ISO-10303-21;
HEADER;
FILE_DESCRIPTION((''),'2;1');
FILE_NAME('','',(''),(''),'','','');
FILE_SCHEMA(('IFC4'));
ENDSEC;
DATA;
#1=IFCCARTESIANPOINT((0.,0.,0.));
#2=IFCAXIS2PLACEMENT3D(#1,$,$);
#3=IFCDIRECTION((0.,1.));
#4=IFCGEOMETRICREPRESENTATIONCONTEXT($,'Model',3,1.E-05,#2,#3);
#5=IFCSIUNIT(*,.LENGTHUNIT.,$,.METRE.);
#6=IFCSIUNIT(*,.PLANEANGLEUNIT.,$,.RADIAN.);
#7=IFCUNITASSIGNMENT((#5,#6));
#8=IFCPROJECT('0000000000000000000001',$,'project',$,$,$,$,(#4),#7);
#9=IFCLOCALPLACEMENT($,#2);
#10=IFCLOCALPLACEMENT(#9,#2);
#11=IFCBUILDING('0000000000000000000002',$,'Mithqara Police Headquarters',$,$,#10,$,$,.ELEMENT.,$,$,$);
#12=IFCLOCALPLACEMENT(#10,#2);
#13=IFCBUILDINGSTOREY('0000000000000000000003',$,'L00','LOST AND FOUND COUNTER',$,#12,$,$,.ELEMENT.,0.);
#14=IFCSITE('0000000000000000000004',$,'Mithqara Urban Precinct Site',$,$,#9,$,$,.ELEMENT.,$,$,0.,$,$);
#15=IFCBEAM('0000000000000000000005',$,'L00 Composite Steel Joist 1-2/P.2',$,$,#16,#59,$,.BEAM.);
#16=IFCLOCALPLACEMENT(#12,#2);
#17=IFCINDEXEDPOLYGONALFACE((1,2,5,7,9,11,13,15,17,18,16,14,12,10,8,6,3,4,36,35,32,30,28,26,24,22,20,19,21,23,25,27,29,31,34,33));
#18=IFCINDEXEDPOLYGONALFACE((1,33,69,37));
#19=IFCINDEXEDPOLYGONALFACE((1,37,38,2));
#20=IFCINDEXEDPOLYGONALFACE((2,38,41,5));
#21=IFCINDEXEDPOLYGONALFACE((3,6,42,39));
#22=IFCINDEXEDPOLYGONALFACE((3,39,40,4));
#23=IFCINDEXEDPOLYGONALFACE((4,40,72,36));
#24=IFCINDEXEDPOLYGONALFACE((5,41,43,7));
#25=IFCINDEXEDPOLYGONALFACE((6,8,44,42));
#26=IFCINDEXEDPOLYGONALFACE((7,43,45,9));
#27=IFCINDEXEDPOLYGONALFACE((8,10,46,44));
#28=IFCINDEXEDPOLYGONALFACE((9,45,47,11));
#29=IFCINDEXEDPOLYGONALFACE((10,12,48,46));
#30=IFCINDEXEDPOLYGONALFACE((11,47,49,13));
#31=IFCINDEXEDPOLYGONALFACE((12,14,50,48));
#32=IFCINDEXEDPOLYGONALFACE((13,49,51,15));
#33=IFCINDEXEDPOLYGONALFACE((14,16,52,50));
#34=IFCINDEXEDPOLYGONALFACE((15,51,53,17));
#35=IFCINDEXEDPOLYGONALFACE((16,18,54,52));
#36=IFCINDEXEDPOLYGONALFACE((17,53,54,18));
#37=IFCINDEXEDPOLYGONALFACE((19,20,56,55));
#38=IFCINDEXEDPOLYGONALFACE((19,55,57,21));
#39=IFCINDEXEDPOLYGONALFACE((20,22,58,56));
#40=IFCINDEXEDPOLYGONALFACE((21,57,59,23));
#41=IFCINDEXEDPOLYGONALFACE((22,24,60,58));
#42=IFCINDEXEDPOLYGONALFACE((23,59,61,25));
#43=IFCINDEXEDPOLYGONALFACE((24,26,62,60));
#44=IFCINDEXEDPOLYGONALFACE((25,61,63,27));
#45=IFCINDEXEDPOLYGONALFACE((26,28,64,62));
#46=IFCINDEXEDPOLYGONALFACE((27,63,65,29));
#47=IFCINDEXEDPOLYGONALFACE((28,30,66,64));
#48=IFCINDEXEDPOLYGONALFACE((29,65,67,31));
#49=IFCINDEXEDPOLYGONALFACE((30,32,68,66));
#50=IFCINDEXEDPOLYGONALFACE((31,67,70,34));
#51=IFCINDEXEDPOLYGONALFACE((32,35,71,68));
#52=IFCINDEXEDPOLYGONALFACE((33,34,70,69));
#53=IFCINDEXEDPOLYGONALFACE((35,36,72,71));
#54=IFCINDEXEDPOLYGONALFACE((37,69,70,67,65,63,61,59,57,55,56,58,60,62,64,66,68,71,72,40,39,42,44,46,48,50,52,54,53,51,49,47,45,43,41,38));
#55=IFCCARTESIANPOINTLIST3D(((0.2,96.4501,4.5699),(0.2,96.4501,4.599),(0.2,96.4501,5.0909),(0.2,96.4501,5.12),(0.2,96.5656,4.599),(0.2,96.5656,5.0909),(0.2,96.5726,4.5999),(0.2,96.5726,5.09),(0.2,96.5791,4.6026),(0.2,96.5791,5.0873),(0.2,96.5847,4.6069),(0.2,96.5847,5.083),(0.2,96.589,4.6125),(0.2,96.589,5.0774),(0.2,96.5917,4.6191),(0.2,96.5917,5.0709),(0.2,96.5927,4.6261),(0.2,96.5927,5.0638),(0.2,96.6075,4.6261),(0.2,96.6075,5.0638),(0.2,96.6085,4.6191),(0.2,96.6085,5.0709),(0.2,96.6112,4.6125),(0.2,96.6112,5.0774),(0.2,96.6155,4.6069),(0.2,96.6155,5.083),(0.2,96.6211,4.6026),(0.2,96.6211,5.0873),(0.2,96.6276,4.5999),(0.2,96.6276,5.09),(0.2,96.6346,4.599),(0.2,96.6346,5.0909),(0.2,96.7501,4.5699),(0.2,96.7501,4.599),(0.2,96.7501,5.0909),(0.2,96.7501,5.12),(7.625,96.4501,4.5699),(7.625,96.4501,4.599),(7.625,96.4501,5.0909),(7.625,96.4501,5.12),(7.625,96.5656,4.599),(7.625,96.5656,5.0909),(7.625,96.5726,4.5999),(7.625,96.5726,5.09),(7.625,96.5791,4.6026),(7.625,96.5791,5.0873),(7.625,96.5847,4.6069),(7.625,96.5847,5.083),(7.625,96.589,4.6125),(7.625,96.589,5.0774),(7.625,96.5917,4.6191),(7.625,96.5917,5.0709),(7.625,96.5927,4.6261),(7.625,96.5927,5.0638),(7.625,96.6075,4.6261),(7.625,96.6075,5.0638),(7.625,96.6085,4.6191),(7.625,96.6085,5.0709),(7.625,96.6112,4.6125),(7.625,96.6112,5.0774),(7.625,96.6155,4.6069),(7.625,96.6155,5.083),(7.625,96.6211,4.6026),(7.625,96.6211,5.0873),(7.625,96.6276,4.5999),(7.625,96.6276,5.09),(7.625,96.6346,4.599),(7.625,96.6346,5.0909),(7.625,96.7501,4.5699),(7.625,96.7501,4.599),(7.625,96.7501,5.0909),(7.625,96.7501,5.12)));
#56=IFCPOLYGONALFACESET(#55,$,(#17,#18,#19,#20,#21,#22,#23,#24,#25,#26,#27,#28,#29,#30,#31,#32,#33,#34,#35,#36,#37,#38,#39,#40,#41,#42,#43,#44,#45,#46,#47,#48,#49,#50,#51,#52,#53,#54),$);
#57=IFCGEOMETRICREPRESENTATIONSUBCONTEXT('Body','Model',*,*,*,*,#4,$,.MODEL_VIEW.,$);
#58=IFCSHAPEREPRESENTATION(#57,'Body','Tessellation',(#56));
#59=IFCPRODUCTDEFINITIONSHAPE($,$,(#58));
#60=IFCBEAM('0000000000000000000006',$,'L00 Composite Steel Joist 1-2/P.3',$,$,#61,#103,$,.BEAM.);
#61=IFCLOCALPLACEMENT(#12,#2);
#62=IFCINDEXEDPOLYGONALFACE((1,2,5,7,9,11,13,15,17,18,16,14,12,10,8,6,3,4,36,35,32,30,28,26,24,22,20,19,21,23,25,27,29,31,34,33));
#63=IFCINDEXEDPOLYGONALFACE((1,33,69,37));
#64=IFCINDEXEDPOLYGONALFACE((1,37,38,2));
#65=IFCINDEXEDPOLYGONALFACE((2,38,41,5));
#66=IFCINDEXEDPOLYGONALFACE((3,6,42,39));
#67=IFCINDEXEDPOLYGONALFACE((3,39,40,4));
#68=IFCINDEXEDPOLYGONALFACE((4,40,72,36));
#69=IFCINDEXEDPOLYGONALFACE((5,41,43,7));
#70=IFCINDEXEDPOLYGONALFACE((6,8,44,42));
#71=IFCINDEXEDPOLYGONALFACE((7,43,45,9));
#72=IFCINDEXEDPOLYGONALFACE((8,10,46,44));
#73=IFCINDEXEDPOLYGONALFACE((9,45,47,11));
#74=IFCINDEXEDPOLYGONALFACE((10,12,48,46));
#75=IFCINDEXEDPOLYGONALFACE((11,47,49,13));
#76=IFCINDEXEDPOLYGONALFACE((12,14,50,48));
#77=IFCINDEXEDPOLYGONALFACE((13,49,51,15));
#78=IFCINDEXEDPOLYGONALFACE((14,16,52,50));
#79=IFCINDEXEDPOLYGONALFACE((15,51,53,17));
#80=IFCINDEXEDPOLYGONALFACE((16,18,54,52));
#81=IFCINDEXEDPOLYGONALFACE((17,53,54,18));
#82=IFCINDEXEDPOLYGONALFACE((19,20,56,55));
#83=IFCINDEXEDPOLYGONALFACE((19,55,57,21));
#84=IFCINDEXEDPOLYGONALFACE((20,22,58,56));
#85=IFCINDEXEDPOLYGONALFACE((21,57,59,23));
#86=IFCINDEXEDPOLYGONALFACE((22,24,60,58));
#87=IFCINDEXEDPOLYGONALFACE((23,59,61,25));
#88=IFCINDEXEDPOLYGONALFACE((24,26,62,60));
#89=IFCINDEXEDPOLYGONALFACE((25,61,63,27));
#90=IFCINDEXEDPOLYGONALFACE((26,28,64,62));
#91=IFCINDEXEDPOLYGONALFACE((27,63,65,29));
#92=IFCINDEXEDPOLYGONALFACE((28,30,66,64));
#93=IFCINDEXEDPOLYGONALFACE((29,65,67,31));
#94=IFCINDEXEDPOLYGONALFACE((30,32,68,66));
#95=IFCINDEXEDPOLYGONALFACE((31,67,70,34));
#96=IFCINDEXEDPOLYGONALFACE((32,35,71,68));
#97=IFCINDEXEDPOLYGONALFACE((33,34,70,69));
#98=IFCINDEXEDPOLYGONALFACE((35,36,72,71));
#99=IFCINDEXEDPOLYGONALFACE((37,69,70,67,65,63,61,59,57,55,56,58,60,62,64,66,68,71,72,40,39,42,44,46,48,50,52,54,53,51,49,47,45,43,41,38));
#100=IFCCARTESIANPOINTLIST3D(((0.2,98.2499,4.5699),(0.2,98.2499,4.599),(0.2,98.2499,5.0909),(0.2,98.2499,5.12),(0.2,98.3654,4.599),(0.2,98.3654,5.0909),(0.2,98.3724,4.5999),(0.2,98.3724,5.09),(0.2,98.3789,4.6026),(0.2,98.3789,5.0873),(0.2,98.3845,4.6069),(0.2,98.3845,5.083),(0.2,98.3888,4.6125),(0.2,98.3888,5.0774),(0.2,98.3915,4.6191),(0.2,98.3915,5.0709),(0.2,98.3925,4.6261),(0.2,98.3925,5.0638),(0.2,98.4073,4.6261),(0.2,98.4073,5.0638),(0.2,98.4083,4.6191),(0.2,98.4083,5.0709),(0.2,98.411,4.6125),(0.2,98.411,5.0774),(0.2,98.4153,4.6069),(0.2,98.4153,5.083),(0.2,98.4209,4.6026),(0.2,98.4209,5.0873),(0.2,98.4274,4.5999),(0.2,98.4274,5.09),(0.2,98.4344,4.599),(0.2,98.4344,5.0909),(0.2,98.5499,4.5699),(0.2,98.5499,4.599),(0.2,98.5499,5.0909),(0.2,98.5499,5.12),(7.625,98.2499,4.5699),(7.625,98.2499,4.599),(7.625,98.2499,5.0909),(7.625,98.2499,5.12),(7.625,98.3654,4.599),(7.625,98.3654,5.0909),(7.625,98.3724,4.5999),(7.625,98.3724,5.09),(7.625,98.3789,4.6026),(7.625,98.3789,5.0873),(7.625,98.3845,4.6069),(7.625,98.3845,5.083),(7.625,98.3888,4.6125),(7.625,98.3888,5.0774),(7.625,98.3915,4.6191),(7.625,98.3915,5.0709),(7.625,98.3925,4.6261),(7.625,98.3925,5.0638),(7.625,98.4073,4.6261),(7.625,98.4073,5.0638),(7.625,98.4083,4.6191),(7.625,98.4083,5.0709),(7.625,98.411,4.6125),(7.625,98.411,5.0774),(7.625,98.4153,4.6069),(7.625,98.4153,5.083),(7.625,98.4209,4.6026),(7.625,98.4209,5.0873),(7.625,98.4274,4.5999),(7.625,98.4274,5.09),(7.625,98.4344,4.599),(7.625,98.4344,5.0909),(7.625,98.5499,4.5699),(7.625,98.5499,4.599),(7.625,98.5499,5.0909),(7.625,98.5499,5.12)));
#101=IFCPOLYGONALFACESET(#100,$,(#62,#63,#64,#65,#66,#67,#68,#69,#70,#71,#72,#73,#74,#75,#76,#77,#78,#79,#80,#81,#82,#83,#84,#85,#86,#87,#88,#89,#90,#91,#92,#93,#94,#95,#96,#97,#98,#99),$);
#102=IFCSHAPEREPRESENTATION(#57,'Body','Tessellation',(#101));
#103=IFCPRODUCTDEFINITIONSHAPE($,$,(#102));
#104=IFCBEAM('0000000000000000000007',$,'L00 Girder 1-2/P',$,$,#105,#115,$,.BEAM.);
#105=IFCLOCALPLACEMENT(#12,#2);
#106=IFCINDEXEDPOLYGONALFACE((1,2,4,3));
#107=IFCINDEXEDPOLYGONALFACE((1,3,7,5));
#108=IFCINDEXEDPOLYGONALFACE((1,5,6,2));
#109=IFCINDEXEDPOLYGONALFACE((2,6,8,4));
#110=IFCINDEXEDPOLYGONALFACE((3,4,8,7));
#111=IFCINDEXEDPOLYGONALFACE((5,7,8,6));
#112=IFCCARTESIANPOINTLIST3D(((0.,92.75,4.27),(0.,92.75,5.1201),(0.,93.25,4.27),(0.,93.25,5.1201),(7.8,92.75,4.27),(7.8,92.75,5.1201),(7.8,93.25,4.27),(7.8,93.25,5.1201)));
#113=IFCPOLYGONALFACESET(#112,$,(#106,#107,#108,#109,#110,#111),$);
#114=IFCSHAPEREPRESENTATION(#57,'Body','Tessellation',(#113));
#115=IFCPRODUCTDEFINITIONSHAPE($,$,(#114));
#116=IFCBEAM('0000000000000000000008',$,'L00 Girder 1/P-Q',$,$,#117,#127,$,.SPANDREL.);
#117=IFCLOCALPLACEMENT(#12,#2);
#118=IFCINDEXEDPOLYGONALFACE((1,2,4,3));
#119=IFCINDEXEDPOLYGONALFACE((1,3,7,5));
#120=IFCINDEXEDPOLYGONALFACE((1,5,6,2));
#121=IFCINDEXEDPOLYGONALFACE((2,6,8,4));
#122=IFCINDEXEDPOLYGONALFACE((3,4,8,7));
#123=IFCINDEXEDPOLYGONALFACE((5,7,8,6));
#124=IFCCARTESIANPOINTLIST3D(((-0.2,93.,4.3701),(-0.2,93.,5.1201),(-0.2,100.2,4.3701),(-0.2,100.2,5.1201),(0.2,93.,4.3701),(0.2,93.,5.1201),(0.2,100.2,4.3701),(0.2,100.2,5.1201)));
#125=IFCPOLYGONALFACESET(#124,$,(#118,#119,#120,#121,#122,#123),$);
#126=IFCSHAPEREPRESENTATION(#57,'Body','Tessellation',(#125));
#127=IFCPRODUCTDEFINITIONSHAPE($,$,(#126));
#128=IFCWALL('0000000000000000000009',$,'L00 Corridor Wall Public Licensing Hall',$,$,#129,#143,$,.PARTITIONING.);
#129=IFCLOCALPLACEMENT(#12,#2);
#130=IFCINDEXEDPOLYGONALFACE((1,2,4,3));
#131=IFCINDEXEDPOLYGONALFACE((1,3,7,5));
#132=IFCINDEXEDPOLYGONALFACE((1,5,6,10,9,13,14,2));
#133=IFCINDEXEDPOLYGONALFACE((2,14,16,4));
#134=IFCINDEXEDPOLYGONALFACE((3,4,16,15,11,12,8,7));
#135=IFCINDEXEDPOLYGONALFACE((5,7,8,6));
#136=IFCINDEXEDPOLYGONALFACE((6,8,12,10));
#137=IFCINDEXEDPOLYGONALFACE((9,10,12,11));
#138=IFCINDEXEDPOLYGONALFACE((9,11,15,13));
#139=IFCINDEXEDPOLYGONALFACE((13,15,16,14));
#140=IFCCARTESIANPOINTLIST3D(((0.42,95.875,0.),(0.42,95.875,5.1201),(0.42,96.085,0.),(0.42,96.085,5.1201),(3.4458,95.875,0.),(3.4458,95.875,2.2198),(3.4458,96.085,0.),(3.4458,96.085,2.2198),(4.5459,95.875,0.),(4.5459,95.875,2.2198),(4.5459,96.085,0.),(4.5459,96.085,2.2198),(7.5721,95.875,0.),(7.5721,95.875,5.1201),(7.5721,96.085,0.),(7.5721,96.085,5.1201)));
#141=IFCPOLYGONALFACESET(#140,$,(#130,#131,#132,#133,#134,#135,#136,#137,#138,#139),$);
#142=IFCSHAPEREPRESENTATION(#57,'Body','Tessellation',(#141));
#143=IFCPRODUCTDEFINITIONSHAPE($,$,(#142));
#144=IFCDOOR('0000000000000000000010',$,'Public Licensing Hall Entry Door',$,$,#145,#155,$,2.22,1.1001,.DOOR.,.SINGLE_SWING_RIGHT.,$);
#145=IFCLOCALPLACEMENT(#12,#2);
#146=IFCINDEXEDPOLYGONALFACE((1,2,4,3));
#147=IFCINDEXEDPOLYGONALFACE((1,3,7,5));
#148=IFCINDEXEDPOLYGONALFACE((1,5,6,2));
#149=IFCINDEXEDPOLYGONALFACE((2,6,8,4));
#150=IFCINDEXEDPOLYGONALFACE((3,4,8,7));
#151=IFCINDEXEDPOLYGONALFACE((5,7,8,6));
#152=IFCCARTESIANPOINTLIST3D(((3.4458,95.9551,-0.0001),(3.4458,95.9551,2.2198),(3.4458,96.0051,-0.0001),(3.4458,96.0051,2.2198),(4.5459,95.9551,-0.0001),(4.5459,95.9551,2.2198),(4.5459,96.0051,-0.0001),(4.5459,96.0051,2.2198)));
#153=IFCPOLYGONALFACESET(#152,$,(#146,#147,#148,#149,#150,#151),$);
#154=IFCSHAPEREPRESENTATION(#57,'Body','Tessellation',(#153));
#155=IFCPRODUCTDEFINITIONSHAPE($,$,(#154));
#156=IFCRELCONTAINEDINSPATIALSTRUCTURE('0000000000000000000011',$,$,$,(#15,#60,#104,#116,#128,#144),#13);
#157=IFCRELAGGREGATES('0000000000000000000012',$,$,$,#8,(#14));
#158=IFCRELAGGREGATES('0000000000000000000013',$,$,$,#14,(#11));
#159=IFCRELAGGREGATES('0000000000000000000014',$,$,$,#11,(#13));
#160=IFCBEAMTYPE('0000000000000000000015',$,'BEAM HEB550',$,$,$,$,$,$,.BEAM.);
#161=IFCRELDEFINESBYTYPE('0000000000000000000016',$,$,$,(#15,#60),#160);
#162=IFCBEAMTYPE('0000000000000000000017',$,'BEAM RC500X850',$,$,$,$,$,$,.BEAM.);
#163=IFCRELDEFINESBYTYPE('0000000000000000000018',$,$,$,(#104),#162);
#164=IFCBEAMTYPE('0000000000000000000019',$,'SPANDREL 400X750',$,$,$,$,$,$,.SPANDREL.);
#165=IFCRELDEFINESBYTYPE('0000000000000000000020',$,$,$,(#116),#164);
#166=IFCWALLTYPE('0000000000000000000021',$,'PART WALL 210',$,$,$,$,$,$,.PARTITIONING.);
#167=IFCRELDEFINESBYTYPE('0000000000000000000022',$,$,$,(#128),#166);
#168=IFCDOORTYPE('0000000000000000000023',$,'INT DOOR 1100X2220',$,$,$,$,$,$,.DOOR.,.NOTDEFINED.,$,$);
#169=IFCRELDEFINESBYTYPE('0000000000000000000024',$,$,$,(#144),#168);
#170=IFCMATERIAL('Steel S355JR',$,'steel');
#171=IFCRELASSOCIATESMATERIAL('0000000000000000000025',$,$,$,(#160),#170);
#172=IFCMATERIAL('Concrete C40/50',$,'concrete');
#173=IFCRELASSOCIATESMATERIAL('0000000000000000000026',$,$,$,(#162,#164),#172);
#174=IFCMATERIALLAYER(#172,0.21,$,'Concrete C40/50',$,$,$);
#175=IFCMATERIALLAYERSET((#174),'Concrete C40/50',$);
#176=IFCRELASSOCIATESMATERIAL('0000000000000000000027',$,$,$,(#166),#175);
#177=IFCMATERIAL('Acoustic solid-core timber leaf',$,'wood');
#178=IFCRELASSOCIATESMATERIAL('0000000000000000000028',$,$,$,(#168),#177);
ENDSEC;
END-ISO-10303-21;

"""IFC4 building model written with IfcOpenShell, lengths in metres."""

from ifc_helpers import new_model, si_unit, direction, frame, frame_2d, origin, origin_2d, place, context, subcontext, project, spatial, rectangle, i_section, extrude, material, layer, layer_set, material_profile, profile_set, type_object, element, fill, save


model = new_model("IFC4")

# Units and contexts
model_context = context("Model", 3, precision=1e-05, world=origin(), true_north=direction((0.0, 1.0)))
body_context = subcontext(model_context, "Body", "Model", "MODEL_VIEW")
ifc_project = project(units=[si_unit("LENGTHUNIT", "METRE"), si_unit("PLANEANGLEUNIT", "RADIAN")], contexts=[model_context])

# Site, building, storey
site_placement = place(None, origin())
site = spatial("IfcSite", under=ifc_project, at=site_placement, Name="Mithqara Urban Precinct Site", CompositionType="ELEMENT", RefElevation=0.0)
building_placement = place(site_placement, origin())
building = spatial("IfcBuilding", under=site, at=building_placement, Name="Mithqara Police Headquarters", CompositionType="ELEMENT")
storey_placement = place(building_placement, origin())
storey = spatial("IfcBuildingStorey", under=building, at=storey_placement, Name="L00", Description="LOST AND FOUND COUNTER", CompositionType="ELEMENT", Elevation=0.0)

# Shared definitions
ifc_material_1 = material(Name="Concrete C40/50", Category="concrete")

# Beams
ifc_material_2 = material(Name="Steel S355JR", Category="steel")
ifc_material_profile_1 = material_profile(ifc_material_2, i_section(OverallWidth=0.3, OverallDepth=0.55, WebThickness=0.0149, FlangeThickness=0.0291, FilletRadius=0.0271, at=origin_2d()), Name="HEB 550")
ifc_profile_set_1 = profile_set([ifc_material_profile_1], Name="Steel S355JR")
beam_type_1 = type_object("IfcBeamType", Name="BEAM HEB550", PredefinedType="BEAM", material=ifc_profile_set_1)
for number, where, z_axis, x_axis, name in (
    (1, (0.2, 96.6001, 4.845), (1.0, 0.0, 0.0), (0.0, 1.0, 0.0), "L00 Composite Steel Joist 1-2/P.2"),
    (2, (0.2, 98.3999, 4.845), (1.0, 0.0, 0.0), (0.0, 1.0, 0.0), "L00 Composite Steel Joist 1-2/P.3"),
):
    element("IfcBeam", number, at=place(storey_placement, frame(where, z_axis=z_axis, x_axis=x_axis)), inside=storey, type_object=beam_type_1, Name=name, PredefinedType="BEAM", context=body_context, shape_type="SweptSolid", body=[
        extrude(i_section(OverallWidth=0.3, OverallDepth=0.55, WebThickness=0.0149, FlangeThickness=0.0291, FilletRadius=0.0271, at=origin_2d()), origin(), (0.0, 0.0, 1.0), 7.425),
    ])
ifc_material_profile_2 = material_profile(ifc_material_1, rectangle(XDim=0.5, YDim=0.8501, at=origin_2d()), Name="RC 500x850")
ifc_profile_set_2 = profile_set([ifc_material_profile_2], Name="Concrete C40/50")
beam_type_2 = type_object("IfcBeamType", Name="BEAM RC500X850", PredefinedType="BEAM", material=ifc_profile_set_2)
beam_1_placement = place(storey_placement, frame((0.0, 93.0, 4.6951), z_axis=(1.0, 0.0, 0.0), x_axis=(0.0, 1.0, 0.0)))
element("IfcBeam", 3, at=beam_1_placement, inside=storey, type_object=beam_type_2, Name="L00 Girder 1-2/P", PredefinedType="BEAM", context=body_context, shape_type="SweptSolid", body=[
    extrude(rectangle(XDim=0.5, YDim=0.8501, at=origin_2d()), origin(), (0.0, 0.0, 1.0), 7.8),
])
ifc_material_profile_3 = material_profile(ifc_material_1, rectangle(XDim=0.3999, YDim=0.75, at=origin_2d()), Name="SPB 400x750")
ifc_profile_set_3 = profile_set([ifc_material_profile_3], Name="Concrete C40/50")
beam_type_3 = type_object("IfcBeamType", Name="SPANDREL 400X750", PredefinedType="SPANDREL", material=ifc_profile_set_3)
beam_2_placement = place(storey_placement, frame((0.0, 93.0, 4.7451), z_axis=(0.0, 1.0, 0.0), x_axis=(-1.0, 0.0, 0.0)))
element("IfcBeam", 4, at=beam_2_placement, inside=storey, type_object=beam_type_3, Name="L00 Girder 1/P-Q", PredefinedType="SPANDREL", context=body_context, shape_type="SweptSolid", body=[
    extrude(rectangle(XDim=0.3999, YDim=0.75, at=origin_2d()), origin(), (0.0, 0.0, 1.0), 7.2),
])

# Wall, opening, door
ifc_layer = layer(ifc_material_1, 0.21, Name="Concrete C40/50")
ifc_layer_set = layer_set([ifc_layer], Name="Concrete C40/50")
wall_type = type_object("IfcWallType", Name="PART WALL 210", PredefinedType="PARTITIONING", material=ifc_layer_set)
wall_1_placement = place(storey_placement, frame((0.4199, 95.98, 0.0), z_axis=(0.0, 0.0, 1.0), x_axis=(1.0, 0.0, 0.0)))
wall_1 = element("IfcWall", 5, at=wall_1_placement, inside=storey, type_object=wall_type, Name="L00 Corridor Wall Public Licensing Hall", PredefinedType="PARTITIONING", context=body_context, shape_type="SweptSolid", body=[
    extrude(rectangle(XDim=7.1521, YDim=0.21, at=frame_2d((3.5762, 0.0))), origin(), (0.0, 0.0, 1.0), 5.1201),
])
opening_1_placement = place(wall_1_placement, frame((3.0259, 0.0, 0.0)))
opening_1 = element("IfcOpeningElement", 6, at=opening_1_placement, cuts=wall_1, PredefinedType="OPENING", context=body_context, shape_type="SweptSolid", body=[
    extrude(rectangle(XDim=1.1001, YDim=2.22, at=frame_2d((0.55, 1.1099))), frame((0.0, 0.115, 0.0), z_axis=(0.0, -1.0, 0.0), x_axis=(1.0, 0.0, 0.0)), (0.0, 0.0, 1.0), 0.23),
])
ifc_material_3 = material(Name="Acoustic solid-core timber leaf", Category="wood")
door_type_1 = type_object("IfcDoorType", Name="INT DOOR 1100X2220", OperationType="NOTDEFINED", PredefinedType="DOOR", material=ifc_material_3)
door_1_placement = place(opening_1_placement, frame((1.1001, 0.0, 0.0), z_axis=(0.0, 0.0, 1.0), x_axis=(-1.0, 0.0, 0.0)))
door_1 = element("IfcDoor", 7, at=door_1_placement, inside=storey, type_object=door_type_1, Name="Public Licensing Hall Entry Door", OperationType="SINGLE_SWING_RIGHT", OverallHeight=2.22, OverallWidth=1.1001, PredefinedType="DOOR", context=body_context, shape_type="SweptSolid", body=[
    extrude(rectangle(XDim=1.1001, YDim=2.22, at=frame_2d((0.55, 1.1099))), frame((0.0, 0.0249, 0.0), z_axis=(0.0, -1.0, 0.0), x_axis=(1.0, 0.0, 0.0)), (0.0, 0.0, 1.0), 0.05),
])
fill(opening_1, door_1)

save(model, "model.ifc")
